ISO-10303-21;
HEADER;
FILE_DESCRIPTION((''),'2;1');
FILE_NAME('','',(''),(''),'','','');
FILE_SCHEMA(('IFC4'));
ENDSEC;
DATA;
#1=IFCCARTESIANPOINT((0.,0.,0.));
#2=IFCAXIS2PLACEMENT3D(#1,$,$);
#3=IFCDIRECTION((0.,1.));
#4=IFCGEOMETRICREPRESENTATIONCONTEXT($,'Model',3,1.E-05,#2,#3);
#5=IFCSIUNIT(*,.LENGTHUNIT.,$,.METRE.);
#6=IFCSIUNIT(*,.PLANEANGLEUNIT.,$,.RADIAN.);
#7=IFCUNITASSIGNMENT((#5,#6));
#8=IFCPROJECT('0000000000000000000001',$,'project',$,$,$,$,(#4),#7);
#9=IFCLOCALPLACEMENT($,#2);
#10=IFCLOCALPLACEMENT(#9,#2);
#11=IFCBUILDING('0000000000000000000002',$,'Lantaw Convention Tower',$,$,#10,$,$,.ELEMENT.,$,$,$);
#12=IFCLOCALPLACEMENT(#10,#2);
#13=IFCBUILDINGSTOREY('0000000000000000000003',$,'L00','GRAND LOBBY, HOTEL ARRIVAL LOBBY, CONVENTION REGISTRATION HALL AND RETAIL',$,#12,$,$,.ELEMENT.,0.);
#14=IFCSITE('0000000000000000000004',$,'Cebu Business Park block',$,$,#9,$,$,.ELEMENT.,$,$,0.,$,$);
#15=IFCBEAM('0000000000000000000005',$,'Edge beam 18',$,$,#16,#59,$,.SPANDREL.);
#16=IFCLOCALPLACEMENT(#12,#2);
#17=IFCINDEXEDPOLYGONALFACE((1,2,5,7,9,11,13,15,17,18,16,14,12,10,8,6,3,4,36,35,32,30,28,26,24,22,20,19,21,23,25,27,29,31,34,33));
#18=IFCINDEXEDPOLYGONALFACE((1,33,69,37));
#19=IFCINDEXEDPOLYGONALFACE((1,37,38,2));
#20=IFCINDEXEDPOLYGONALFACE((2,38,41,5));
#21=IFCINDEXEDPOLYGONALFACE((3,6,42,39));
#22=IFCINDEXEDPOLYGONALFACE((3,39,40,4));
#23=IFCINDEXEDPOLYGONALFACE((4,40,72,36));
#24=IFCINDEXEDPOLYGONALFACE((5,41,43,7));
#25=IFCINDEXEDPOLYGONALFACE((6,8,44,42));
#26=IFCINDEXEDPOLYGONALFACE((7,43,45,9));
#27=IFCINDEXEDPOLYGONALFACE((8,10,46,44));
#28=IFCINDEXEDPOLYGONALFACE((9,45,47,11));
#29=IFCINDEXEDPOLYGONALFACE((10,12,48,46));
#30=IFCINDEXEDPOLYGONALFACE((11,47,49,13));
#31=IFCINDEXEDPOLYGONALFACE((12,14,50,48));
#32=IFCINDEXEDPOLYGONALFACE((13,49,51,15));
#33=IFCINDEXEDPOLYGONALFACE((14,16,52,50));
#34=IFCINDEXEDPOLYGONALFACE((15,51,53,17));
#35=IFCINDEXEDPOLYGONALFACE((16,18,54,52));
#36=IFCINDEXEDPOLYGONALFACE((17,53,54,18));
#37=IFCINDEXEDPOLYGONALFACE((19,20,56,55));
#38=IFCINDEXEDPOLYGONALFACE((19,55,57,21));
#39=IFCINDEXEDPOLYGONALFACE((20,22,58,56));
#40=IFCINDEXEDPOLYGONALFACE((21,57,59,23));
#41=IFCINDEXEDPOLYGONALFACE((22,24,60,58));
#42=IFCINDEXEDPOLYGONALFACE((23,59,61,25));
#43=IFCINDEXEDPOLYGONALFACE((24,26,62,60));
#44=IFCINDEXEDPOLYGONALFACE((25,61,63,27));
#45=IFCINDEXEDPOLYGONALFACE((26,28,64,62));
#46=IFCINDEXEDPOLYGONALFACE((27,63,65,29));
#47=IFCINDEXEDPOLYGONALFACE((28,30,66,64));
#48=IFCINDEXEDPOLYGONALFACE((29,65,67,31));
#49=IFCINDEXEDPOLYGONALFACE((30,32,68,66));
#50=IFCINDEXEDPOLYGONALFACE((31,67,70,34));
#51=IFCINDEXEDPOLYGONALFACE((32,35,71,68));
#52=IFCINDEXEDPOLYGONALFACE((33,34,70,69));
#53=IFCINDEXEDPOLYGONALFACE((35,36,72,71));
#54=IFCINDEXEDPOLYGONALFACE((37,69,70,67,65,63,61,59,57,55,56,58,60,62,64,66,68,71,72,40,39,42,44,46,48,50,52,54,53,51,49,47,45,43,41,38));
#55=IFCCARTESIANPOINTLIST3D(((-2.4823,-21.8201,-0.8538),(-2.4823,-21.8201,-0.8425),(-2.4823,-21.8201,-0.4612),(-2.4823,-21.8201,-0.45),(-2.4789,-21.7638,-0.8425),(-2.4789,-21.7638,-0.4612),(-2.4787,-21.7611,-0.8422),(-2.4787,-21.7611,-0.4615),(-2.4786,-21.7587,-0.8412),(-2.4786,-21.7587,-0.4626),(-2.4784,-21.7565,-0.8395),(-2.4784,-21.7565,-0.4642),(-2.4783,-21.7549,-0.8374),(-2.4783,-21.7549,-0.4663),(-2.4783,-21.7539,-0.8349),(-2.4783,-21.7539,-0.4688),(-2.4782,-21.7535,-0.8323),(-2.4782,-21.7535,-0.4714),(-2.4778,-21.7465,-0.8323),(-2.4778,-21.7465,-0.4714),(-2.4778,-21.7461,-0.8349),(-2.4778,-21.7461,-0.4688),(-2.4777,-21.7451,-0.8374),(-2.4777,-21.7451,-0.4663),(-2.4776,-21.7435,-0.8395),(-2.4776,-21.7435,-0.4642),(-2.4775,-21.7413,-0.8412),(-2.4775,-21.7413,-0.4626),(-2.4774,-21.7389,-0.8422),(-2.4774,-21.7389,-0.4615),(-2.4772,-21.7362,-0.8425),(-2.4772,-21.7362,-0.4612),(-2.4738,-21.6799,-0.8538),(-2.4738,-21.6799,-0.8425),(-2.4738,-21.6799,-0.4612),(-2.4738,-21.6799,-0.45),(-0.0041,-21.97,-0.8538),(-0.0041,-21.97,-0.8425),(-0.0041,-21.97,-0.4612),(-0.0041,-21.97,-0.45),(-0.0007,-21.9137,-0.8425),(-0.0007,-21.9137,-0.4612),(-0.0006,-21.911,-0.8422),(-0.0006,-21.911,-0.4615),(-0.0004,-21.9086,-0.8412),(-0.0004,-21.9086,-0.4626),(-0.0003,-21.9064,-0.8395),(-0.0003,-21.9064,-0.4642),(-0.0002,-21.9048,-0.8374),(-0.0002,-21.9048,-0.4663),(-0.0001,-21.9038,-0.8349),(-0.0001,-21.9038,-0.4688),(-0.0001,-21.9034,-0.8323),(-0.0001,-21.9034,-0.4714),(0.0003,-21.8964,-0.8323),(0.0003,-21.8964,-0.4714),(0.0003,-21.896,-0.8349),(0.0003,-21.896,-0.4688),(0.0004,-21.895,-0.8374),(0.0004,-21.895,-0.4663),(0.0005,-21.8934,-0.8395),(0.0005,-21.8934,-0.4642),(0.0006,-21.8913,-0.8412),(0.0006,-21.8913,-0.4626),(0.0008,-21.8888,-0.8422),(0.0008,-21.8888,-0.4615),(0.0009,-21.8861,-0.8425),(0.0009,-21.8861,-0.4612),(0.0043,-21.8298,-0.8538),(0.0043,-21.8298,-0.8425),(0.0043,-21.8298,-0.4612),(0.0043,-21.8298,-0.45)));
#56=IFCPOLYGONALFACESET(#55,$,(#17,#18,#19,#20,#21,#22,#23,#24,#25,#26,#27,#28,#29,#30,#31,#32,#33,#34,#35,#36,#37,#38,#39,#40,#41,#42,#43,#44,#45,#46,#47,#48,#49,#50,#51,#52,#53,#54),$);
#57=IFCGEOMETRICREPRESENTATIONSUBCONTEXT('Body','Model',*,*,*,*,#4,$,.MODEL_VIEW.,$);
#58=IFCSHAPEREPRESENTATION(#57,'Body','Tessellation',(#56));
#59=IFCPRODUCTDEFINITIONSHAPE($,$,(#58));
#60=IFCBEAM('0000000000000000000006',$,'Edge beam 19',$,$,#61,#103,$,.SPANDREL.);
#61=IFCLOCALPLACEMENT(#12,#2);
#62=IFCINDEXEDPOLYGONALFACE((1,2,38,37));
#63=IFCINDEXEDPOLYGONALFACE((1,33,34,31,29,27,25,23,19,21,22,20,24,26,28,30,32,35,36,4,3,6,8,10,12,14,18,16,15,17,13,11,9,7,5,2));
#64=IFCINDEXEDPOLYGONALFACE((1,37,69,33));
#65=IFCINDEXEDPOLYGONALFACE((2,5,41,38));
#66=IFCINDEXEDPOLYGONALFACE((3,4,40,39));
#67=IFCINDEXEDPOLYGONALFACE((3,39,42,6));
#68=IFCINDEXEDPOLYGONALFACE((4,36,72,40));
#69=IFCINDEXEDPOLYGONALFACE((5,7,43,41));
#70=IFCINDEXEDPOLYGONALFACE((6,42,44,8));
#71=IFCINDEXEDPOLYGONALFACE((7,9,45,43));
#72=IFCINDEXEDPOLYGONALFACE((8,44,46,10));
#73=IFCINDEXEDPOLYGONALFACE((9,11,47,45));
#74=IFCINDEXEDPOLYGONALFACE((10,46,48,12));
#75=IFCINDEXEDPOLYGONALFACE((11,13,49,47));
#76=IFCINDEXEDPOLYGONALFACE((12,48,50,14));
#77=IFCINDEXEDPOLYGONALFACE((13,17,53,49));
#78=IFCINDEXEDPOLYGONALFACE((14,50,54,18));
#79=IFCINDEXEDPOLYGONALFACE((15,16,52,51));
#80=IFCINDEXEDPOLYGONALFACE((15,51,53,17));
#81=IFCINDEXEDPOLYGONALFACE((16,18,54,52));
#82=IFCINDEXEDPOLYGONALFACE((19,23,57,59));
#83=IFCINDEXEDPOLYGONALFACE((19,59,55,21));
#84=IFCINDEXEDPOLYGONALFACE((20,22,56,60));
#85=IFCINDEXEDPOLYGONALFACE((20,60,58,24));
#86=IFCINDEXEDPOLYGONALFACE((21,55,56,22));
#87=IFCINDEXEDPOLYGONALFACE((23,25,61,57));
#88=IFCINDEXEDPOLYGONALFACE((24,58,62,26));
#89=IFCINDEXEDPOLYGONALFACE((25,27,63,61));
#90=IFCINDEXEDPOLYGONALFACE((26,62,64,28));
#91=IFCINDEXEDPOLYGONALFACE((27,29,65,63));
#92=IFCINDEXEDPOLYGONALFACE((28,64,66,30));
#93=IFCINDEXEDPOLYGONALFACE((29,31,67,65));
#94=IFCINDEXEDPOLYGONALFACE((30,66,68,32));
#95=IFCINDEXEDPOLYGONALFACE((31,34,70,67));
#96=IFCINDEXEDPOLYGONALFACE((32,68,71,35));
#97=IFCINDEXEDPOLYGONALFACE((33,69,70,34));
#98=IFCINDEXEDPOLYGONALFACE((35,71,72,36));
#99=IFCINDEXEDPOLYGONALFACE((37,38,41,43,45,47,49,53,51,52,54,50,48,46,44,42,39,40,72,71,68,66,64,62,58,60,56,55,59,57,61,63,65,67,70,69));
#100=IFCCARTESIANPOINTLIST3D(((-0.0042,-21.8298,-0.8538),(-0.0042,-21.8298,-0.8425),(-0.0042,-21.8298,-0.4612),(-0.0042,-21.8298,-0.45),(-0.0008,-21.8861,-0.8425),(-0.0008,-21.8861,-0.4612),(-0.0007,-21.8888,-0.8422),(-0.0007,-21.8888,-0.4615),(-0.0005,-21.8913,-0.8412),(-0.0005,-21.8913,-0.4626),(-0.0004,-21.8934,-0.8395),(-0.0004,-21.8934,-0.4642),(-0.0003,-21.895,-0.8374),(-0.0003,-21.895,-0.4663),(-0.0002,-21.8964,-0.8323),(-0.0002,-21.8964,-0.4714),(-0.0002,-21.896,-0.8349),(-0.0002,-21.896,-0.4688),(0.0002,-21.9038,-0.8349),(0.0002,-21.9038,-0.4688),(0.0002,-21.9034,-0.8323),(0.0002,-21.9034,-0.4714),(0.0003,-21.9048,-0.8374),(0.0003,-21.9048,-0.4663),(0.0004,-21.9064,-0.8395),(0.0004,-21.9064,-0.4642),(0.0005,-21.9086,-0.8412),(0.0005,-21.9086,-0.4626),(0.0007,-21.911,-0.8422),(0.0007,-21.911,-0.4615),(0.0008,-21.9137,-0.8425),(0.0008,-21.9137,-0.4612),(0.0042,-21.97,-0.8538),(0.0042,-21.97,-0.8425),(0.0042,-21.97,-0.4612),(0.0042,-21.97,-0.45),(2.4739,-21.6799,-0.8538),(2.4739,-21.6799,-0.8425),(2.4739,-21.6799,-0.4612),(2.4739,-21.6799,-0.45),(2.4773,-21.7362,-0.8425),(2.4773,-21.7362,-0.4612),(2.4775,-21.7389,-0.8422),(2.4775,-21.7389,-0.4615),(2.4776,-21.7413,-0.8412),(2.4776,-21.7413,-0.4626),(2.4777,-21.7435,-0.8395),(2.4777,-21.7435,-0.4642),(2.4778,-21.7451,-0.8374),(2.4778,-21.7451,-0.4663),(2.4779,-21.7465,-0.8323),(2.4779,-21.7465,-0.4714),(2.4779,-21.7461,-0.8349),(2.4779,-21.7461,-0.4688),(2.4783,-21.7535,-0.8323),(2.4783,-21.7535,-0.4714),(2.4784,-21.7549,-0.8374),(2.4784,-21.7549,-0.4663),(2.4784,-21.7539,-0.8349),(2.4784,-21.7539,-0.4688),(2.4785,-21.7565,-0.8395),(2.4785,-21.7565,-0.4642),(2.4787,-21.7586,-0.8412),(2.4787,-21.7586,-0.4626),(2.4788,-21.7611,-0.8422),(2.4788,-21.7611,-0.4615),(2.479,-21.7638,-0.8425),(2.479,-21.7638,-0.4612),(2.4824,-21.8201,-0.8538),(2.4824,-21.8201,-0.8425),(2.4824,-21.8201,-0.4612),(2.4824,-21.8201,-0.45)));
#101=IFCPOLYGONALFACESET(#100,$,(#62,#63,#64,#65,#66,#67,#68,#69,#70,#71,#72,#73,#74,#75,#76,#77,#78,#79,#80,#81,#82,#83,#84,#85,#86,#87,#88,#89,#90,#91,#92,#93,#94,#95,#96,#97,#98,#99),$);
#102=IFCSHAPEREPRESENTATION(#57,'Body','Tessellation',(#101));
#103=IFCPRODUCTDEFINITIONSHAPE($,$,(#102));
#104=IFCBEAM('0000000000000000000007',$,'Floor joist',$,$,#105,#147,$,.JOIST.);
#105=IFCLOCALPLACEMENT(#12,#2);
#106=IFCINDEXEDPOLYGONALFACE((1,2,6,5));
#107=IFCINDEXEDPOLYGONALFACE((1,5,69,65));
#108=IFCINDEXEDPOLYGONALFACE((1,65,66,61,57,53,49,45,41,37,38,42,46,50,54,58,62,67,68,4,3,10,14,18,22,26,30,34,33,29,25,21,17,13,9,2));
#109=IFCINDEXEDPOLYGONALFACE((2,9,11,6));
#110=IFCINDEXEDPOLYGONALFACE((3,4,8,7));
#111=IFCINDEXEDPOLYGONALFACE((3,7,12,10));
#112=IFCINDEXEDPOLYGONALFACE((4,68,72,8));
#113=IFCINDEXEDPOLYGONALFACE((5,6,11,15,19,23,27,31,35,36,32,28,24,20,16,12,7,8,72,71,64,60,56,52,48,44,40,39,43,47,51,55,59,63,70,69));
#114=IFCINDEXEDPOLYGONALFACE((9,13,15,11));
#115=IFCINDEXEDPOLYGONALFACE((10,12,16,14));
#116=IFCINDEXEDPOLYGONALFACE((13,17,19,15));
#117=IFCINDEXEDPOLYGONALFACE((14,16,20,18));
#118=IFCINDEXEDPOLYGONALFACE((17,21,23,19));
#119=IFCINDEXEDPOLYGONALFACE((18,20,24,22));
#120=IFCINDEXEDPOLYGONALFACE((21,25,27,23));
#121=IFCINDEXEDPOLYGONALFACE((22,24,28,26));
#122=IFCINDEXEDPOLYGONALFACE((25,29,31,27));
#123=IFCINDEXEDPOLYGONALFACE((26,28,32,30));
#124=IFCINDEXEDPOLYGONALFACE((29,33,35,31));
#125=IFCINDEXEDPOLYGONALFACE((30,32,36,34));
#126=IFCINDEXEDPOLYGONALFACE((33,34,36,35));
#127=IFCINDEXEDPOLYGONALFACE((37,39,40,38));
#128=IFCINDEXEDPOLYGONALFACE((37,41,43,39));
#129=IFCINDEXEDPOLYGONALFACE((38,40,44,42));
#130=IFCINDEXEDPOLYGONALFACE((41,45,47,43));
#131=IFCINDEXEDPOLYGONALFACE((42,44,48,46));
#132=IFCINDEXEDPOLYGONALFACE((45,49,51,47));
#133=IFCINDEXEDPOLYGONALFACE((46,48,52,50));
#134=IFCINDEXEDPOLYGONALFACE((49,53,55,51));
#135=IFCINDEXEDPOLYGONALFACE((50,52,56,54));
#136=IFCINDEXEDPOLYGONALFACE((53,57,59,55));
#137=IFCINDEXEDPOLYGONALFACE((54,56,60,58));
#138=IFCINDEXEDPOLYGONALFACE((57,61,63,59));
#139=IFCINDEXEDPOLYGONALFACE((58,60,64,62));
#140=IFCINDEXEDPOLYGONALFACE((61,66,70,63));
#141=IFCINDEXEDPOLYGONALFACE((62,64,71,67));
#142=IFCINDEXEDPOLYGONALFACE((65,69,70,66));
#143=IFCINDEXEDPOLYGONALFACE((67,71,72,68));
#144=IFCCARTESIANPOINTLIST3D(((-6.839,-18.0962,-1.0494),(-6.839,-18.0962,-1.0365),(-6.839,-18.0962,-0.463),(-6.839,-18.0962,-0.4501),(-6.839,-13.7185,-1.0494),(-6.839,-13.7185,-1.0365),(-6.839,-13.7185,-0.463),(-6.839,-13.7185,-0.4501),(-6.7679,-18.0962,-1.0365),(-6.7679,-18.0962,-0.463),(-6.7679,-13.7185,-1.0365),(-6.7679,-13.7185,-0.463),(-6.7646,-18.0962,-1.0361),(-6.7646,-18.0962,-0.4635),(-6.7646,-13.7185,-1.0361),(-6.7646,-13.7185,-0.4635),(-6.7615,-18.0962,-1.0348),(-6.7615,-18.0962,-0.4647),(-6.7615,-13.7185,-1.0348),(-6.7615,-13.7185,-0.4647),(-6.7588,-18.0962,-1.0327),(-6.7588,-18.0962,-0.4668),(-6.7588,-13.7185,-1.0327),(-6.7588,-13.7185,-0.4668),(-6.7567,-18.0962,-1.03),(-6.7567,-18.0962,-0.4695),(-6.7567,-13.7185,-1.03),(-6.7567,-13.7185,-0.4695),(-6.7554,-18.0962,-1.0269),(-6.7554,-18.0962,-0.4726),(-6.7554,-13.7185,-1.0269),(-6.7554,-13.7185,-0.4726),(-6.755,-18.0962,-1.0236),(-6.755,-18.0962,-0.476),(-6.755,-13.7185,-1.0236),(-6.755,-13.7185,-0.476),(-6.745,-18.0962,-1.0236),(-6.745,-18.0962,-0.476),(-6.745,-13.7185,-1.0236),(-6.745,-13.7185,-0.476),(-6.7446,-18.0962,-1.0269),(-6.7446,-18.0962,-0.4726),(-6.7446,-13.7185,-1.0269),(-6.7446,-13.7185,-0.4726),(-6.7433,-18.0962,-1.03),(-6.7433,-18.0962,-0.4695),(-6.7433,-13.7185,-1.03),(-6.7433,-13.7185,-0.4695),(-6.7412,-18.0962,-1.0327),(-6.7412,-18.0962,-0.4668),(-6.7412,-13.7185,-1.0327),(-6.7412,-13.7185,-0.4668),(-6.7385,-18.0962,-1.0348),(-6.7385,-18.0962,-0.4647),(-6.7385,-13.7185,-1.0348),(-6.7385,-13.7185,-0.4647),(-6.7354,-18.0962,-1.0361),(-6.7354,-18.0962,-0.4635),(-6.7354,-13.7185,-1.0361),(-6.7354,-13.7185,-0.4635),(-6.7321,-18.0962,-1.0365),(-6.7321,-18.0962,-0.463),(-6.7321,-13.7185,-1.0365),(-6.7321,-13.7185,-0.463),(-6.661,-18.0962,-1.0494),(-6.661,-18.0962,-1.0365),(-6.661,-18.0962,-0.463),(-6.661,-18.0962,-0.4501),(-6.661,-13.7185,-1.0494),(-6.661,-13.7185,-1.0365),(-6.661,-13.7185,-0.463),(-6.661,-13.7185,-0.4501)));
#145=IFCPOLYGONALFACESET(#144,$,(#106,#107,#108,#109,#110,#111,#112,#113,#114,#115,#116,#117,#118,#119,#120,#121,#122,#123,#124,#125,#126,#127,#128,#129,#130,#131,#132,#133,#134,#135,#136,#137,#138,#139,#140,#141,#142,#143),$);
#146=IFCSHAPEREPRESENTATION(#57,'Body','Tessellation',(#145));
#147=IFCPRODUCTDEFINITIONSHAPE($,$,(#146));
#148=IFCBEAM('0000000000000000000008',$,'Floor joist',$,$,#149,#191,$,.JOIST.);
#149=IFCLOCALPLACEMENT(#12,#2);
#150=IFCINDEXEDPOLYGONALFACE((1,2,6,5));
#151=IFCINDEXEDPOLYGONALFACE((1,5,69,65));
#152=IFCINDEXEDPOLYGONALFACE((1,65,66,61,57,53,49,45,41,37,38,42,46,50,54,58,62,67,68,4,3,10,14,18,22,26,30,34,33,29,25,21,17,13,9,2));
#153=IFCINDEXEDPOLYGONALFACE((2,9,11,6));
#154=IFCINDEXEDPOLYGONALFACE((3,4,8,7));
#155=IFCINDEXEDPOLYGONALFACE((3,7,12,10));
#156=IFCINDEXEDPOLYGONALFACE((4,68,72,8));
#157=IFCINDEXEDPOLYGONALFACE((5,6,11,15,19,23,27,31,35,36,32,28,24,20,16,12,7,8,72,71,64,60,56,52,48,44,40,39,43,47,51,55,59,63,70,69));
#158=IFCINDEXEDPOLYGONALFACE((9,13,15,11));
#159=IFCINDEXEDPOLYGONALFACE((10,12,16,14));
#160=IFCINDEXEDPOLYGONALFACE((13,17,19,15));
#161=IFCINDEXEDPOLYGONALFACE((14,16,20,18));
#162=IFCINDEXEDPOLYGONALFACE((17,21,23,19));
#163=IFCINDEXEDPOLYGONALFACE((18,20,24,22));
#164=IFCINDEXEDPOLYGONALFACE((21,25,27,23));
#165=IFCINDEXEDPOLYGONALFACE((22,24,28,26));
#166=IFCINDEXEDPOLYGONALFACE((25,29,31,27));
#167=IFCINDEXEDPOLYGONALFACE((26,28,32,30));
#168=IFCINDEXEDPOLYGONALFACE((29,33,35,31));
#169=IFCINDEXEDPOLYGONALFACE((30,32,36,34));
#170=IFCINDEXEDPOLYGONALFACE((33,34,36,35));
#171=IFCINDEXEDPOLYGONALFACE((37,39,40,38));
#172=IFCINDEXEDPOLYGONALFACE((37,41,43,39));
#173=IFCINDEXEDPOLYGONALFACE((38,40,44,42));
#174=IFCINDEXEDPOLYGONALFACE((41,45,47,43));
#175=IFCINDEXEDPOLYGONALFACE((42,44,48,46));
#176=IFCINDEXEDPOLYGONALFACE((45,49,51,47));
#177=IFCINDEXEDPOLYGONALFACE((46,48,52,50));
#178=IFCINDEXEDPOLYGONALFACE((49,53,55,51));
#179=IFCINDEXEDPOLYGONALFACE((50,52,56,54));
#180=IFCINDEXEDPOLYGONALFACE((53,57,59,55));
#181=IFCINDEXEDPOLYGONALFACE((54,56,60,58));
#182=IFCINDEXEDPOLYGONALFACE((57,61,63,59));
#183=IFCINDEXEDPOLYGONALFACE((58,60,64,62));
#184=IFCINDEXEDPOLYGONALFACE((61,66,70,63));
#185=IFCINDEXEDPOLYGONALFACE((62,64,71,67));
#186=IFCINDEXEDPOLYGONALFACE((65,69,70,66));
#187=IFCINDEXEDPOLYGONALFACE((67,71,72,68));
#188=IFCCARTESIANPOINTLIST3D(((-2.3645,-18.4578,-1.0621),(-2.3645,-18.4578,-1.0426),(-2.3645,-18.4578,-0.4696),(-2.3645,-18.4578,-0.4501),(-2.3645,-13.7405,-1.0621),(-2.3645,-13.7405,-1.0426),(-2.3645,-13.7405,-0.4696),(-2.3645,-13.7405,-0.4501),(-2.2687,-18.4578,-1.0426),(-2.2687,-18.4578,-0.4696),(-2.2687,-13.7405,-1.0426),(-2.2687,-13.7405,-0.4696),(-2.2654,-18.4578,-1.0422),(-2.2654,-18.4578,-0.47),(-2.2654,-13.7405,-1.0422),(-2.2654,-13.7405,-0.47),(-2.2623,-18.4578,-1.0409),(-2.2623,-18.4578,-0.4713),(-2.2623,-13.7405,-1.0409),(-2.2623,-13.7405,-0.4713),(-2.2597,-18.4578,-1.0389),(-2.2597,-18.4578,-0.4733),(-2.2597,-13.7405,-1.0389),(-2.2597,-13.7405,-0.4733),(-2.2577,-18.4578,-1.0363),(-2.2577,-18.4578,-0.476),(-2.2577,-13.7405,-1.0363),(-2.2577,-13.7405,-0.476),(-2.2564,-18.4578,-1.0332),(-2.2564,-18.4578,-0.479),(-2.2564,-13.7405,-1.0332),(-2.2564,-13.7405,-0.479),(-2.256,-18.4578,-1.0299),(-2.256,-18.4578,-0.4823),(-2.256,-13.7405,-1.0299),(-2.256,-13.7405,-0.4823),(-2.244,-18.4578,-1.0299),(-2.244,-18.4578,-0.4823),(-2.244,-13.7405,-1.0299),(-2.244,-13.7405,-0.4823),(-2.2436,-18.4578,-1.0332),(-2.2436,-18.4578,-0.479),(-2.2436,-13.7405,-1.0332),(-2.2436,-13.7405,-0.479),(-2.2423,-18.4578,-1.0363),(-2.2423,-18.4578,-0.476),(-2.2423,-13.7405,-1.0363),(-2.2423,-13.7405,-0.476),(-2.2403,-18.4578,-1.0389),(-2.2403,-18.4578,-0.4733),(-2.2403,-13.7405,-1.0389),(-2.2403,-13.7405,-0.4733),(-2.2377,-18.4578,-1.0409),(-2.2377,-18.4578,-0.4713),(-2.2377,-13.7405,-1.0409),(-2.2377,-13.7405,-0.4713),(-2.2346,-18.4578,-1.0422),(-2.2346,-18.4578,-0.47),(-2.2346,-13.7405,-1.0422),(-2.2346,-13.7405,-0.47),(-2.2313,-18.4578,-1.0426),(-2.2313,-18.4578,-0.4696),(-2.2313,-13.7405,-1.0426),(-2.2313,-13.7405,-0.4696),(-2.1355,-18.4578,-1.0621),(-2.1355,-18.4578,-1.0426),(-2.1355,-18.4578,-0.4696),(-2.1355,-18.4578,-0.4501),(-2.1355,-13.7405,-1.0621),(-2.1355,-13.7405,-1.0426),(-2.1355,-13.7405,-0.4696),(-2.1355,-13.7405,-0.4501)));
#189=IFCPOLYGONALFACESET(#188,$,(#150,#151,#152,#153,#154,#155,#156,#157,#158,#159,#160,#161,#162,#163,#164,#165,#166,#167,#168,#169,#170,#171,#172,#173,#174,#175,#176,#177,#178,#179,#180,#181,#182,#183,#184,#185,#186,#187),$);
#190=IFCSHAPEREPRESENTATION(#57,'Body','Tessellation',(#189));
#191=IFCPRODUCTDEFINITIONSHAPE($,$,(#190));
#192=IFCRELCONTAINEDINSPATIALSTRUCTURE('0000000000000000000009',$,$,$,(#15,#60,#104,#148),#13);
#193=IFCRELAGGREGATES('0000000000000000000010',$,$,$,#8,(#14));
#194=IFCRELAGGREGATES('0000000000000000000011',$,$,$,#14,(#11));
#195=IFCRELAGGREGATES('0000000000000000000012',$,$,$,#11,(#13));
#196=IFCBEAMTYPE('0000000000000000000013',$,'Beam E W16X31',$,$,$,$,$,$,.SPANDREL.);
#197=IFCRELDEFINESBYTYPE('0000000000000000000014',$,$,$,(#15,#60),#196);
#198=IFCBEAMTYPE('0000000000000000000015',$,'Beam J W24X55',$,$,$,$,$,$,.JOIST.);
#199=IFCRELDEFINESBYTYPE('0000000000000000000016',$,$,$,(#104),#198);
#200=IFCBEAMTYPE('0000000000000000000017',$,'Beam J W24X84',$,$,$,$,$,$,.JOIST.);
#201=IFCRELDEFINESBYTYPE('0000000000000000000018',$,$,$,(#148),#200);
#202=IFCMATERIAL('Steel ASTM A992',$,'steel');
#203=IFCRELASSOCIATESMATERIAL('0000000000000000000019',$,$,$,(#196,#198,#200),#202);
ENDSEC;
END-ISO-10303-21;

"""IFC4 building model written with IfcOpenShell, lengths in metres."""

from ifc_helpers import new_model, si_unit, direction, frame, origin, origin_2d, place, context, subcontext, project, spatial, i_section, extrude, material, material_profile, profile_set, type_object, element, save


model = new_model("IFC4")

# Units and contexts
model_context = context("Model", 3, precision=1e-05, world=origin(), true_north=direction((0.0, 1.0)))
body_context = subcontext(model_context, "Body", "Model", "MODEL_VIEW")
ifc_project = project(units=[si_unit("LENGTHUNIT", "METRE"), si_unit("PLANEANGLEUNIT", "RADIAN")], contexts=[model_context])

# Site, building, storey
site_placement = place(None, origin())
site = spatial("IfcSite", under=ifc_project, at=site_placement, Name="Cebu Business Park block", CompositionType="ELEMENT", RefElevation=0.0)
building_placement = place(site_placement, origin())
building = spatial("IfcBuilding", under=site, at=building_placement, Name="Lantaw Convention Tower", CompositionType="ELEMENT")
storey_placement = place(building_placement, origin())
storey = spatial("IfcBuildingStorey", under=building, at=storey_placement, Name="L00", Description="GRAND LOBBY, HOTEL ARRIVAL LOBBY, CONVENTION REGISTRATION HALL AND RETAIL", CompositionType="ELEMENT", Elevation=0.0)

# Beams
ifc_material_1 = material(Name="Steel ASTM A992", Category="steel")
ifc_material_profile_1 = material_profile(ifc_material_1, i_section(OverallWidth=0.1404, OverallDepth=0.4038, WebThickness=0.0071, FlangeThickness=0.0112, FilletRadius=0.0103, at=origin_2d()), Name="W16X31")
ifc_profile_set_1 = profile_set([ifc_material_profile_1], Name="Steel ASTM A992")
beam_type_1 = type_object("IfcBeamType", Name="Beam E W16X31", PredefinedType="SPANDREL", material=ifc_profile_set_1)
for number, where, z_axis, x_axis, name in (
    (1, (-2.478, -21.75, -0.6519), (0.998175, -0.060382, 0.0), (0.060382, 0.998175, 0.0), "Edge beam 18"),
    (2, (0.0, -21.8999, -0.6519), (0.998175, 0.060382, 0.0), (-0.060382, 0.998175, 0.0), "Edge beam 19"),
):
    element("IfcBeam", number, at=place(storey_placement, frame(where, z_axis=z_axis, x_axis=x_axis)), inside=storey, type_object=beam_type_1, Name=name, PredefinedType="SPANDREL", context=body_context, shape_type="SweptSolid", body=[
        extrude(i_section(OverallWidth=0.1404, OverallDepth=0.4038, WebThickness=0.0071, FlangeThickness=0.0112, FilletRadius=0.0103, at=origin_2d()), origin(), (0.0, 0.0, 1.0), 2.4827),
    ])
ifc_material_profile_2 = material_profile(ifc_material_1, i_section(OverallWidth=0.178, OverallDepth=0.5994, WebThickness=0.01, FlangeThickness=0.0129, FilletRadius=0.0129, at=origin_2d()), Name="W24X55")
ifc_profile_set_2 = profile_set([ifc_material_profile_2], Name="Steel ASTM A992")
beam_type_2 = type_object("IfcBeamType", Name="Beam J W24X55", PredefinedType="JOIST", material=ifc_profile_set_2)
beam_1_placement = place(storey_placement, frame((-6.75, -18.0962, -0.7498), z_axis=(0.0, 1.0, 0.0), x_axis=(-1.0, 0.0, 0.0)))
element("IfcBeam", 3, at=beam_1_placement, inside=storey, type_object=beam_type_2, Name="Floor joist", PredefinedType="JOIST", context=body_context, shape_type="SweptSolid", body=[
    extrude(i_section(OverallWidth=0.178, OverallDepth=0.5994, WebThickness=0.01, FlangeThickness=0.0129, FilletRadius=0.0129, at=origin_2d()), origin(), (0.0, 0.0, 1.0), 4.3777),
])
ifc_material_profile_3 = material_profile(ifc_material_1, i_section(OverallWidth=0.229, OverallDepth=0.6121, WebThickness=0.012, FlangeThickness=0.0195, FilletRadius=0.0127, at=origin_2d()), Name="W24X84")
ifc_profile_set_3 = profile_set([ifc_material_profile_3], Name="Steel ASTM A992")
beam_type_3 = type_object("IfcBeamType", Name="Beam J W24X84", PredefinedType="JOIST", material=ifc_profile_set_3)
beam_2_placement = place(storey_placement, frame((-2.25, -18.4578, -0.7561), z_axis=(0.0, 1.0, 0.0), x_axis=(-1.0, 0.0, 0.0)))
element("IfcBeam", 4, at=beam_2_placement, inside=storey, type_object=beam_type_3, Name="Floor joist", PredefinedType="JOIST", context=body_context, shape_type="SweptSolid", body=[
    extrude(i_section(OverallWidth=0.229, OverallDepth=0.6121, WebThickness=0.012, FlangeThickness=0.0195, FilletRadius=0.0127, at=origin_2d()), origin(), (0.0, 0.0, 1.0), 4.7173),
])

save(model, "model.ifc")
